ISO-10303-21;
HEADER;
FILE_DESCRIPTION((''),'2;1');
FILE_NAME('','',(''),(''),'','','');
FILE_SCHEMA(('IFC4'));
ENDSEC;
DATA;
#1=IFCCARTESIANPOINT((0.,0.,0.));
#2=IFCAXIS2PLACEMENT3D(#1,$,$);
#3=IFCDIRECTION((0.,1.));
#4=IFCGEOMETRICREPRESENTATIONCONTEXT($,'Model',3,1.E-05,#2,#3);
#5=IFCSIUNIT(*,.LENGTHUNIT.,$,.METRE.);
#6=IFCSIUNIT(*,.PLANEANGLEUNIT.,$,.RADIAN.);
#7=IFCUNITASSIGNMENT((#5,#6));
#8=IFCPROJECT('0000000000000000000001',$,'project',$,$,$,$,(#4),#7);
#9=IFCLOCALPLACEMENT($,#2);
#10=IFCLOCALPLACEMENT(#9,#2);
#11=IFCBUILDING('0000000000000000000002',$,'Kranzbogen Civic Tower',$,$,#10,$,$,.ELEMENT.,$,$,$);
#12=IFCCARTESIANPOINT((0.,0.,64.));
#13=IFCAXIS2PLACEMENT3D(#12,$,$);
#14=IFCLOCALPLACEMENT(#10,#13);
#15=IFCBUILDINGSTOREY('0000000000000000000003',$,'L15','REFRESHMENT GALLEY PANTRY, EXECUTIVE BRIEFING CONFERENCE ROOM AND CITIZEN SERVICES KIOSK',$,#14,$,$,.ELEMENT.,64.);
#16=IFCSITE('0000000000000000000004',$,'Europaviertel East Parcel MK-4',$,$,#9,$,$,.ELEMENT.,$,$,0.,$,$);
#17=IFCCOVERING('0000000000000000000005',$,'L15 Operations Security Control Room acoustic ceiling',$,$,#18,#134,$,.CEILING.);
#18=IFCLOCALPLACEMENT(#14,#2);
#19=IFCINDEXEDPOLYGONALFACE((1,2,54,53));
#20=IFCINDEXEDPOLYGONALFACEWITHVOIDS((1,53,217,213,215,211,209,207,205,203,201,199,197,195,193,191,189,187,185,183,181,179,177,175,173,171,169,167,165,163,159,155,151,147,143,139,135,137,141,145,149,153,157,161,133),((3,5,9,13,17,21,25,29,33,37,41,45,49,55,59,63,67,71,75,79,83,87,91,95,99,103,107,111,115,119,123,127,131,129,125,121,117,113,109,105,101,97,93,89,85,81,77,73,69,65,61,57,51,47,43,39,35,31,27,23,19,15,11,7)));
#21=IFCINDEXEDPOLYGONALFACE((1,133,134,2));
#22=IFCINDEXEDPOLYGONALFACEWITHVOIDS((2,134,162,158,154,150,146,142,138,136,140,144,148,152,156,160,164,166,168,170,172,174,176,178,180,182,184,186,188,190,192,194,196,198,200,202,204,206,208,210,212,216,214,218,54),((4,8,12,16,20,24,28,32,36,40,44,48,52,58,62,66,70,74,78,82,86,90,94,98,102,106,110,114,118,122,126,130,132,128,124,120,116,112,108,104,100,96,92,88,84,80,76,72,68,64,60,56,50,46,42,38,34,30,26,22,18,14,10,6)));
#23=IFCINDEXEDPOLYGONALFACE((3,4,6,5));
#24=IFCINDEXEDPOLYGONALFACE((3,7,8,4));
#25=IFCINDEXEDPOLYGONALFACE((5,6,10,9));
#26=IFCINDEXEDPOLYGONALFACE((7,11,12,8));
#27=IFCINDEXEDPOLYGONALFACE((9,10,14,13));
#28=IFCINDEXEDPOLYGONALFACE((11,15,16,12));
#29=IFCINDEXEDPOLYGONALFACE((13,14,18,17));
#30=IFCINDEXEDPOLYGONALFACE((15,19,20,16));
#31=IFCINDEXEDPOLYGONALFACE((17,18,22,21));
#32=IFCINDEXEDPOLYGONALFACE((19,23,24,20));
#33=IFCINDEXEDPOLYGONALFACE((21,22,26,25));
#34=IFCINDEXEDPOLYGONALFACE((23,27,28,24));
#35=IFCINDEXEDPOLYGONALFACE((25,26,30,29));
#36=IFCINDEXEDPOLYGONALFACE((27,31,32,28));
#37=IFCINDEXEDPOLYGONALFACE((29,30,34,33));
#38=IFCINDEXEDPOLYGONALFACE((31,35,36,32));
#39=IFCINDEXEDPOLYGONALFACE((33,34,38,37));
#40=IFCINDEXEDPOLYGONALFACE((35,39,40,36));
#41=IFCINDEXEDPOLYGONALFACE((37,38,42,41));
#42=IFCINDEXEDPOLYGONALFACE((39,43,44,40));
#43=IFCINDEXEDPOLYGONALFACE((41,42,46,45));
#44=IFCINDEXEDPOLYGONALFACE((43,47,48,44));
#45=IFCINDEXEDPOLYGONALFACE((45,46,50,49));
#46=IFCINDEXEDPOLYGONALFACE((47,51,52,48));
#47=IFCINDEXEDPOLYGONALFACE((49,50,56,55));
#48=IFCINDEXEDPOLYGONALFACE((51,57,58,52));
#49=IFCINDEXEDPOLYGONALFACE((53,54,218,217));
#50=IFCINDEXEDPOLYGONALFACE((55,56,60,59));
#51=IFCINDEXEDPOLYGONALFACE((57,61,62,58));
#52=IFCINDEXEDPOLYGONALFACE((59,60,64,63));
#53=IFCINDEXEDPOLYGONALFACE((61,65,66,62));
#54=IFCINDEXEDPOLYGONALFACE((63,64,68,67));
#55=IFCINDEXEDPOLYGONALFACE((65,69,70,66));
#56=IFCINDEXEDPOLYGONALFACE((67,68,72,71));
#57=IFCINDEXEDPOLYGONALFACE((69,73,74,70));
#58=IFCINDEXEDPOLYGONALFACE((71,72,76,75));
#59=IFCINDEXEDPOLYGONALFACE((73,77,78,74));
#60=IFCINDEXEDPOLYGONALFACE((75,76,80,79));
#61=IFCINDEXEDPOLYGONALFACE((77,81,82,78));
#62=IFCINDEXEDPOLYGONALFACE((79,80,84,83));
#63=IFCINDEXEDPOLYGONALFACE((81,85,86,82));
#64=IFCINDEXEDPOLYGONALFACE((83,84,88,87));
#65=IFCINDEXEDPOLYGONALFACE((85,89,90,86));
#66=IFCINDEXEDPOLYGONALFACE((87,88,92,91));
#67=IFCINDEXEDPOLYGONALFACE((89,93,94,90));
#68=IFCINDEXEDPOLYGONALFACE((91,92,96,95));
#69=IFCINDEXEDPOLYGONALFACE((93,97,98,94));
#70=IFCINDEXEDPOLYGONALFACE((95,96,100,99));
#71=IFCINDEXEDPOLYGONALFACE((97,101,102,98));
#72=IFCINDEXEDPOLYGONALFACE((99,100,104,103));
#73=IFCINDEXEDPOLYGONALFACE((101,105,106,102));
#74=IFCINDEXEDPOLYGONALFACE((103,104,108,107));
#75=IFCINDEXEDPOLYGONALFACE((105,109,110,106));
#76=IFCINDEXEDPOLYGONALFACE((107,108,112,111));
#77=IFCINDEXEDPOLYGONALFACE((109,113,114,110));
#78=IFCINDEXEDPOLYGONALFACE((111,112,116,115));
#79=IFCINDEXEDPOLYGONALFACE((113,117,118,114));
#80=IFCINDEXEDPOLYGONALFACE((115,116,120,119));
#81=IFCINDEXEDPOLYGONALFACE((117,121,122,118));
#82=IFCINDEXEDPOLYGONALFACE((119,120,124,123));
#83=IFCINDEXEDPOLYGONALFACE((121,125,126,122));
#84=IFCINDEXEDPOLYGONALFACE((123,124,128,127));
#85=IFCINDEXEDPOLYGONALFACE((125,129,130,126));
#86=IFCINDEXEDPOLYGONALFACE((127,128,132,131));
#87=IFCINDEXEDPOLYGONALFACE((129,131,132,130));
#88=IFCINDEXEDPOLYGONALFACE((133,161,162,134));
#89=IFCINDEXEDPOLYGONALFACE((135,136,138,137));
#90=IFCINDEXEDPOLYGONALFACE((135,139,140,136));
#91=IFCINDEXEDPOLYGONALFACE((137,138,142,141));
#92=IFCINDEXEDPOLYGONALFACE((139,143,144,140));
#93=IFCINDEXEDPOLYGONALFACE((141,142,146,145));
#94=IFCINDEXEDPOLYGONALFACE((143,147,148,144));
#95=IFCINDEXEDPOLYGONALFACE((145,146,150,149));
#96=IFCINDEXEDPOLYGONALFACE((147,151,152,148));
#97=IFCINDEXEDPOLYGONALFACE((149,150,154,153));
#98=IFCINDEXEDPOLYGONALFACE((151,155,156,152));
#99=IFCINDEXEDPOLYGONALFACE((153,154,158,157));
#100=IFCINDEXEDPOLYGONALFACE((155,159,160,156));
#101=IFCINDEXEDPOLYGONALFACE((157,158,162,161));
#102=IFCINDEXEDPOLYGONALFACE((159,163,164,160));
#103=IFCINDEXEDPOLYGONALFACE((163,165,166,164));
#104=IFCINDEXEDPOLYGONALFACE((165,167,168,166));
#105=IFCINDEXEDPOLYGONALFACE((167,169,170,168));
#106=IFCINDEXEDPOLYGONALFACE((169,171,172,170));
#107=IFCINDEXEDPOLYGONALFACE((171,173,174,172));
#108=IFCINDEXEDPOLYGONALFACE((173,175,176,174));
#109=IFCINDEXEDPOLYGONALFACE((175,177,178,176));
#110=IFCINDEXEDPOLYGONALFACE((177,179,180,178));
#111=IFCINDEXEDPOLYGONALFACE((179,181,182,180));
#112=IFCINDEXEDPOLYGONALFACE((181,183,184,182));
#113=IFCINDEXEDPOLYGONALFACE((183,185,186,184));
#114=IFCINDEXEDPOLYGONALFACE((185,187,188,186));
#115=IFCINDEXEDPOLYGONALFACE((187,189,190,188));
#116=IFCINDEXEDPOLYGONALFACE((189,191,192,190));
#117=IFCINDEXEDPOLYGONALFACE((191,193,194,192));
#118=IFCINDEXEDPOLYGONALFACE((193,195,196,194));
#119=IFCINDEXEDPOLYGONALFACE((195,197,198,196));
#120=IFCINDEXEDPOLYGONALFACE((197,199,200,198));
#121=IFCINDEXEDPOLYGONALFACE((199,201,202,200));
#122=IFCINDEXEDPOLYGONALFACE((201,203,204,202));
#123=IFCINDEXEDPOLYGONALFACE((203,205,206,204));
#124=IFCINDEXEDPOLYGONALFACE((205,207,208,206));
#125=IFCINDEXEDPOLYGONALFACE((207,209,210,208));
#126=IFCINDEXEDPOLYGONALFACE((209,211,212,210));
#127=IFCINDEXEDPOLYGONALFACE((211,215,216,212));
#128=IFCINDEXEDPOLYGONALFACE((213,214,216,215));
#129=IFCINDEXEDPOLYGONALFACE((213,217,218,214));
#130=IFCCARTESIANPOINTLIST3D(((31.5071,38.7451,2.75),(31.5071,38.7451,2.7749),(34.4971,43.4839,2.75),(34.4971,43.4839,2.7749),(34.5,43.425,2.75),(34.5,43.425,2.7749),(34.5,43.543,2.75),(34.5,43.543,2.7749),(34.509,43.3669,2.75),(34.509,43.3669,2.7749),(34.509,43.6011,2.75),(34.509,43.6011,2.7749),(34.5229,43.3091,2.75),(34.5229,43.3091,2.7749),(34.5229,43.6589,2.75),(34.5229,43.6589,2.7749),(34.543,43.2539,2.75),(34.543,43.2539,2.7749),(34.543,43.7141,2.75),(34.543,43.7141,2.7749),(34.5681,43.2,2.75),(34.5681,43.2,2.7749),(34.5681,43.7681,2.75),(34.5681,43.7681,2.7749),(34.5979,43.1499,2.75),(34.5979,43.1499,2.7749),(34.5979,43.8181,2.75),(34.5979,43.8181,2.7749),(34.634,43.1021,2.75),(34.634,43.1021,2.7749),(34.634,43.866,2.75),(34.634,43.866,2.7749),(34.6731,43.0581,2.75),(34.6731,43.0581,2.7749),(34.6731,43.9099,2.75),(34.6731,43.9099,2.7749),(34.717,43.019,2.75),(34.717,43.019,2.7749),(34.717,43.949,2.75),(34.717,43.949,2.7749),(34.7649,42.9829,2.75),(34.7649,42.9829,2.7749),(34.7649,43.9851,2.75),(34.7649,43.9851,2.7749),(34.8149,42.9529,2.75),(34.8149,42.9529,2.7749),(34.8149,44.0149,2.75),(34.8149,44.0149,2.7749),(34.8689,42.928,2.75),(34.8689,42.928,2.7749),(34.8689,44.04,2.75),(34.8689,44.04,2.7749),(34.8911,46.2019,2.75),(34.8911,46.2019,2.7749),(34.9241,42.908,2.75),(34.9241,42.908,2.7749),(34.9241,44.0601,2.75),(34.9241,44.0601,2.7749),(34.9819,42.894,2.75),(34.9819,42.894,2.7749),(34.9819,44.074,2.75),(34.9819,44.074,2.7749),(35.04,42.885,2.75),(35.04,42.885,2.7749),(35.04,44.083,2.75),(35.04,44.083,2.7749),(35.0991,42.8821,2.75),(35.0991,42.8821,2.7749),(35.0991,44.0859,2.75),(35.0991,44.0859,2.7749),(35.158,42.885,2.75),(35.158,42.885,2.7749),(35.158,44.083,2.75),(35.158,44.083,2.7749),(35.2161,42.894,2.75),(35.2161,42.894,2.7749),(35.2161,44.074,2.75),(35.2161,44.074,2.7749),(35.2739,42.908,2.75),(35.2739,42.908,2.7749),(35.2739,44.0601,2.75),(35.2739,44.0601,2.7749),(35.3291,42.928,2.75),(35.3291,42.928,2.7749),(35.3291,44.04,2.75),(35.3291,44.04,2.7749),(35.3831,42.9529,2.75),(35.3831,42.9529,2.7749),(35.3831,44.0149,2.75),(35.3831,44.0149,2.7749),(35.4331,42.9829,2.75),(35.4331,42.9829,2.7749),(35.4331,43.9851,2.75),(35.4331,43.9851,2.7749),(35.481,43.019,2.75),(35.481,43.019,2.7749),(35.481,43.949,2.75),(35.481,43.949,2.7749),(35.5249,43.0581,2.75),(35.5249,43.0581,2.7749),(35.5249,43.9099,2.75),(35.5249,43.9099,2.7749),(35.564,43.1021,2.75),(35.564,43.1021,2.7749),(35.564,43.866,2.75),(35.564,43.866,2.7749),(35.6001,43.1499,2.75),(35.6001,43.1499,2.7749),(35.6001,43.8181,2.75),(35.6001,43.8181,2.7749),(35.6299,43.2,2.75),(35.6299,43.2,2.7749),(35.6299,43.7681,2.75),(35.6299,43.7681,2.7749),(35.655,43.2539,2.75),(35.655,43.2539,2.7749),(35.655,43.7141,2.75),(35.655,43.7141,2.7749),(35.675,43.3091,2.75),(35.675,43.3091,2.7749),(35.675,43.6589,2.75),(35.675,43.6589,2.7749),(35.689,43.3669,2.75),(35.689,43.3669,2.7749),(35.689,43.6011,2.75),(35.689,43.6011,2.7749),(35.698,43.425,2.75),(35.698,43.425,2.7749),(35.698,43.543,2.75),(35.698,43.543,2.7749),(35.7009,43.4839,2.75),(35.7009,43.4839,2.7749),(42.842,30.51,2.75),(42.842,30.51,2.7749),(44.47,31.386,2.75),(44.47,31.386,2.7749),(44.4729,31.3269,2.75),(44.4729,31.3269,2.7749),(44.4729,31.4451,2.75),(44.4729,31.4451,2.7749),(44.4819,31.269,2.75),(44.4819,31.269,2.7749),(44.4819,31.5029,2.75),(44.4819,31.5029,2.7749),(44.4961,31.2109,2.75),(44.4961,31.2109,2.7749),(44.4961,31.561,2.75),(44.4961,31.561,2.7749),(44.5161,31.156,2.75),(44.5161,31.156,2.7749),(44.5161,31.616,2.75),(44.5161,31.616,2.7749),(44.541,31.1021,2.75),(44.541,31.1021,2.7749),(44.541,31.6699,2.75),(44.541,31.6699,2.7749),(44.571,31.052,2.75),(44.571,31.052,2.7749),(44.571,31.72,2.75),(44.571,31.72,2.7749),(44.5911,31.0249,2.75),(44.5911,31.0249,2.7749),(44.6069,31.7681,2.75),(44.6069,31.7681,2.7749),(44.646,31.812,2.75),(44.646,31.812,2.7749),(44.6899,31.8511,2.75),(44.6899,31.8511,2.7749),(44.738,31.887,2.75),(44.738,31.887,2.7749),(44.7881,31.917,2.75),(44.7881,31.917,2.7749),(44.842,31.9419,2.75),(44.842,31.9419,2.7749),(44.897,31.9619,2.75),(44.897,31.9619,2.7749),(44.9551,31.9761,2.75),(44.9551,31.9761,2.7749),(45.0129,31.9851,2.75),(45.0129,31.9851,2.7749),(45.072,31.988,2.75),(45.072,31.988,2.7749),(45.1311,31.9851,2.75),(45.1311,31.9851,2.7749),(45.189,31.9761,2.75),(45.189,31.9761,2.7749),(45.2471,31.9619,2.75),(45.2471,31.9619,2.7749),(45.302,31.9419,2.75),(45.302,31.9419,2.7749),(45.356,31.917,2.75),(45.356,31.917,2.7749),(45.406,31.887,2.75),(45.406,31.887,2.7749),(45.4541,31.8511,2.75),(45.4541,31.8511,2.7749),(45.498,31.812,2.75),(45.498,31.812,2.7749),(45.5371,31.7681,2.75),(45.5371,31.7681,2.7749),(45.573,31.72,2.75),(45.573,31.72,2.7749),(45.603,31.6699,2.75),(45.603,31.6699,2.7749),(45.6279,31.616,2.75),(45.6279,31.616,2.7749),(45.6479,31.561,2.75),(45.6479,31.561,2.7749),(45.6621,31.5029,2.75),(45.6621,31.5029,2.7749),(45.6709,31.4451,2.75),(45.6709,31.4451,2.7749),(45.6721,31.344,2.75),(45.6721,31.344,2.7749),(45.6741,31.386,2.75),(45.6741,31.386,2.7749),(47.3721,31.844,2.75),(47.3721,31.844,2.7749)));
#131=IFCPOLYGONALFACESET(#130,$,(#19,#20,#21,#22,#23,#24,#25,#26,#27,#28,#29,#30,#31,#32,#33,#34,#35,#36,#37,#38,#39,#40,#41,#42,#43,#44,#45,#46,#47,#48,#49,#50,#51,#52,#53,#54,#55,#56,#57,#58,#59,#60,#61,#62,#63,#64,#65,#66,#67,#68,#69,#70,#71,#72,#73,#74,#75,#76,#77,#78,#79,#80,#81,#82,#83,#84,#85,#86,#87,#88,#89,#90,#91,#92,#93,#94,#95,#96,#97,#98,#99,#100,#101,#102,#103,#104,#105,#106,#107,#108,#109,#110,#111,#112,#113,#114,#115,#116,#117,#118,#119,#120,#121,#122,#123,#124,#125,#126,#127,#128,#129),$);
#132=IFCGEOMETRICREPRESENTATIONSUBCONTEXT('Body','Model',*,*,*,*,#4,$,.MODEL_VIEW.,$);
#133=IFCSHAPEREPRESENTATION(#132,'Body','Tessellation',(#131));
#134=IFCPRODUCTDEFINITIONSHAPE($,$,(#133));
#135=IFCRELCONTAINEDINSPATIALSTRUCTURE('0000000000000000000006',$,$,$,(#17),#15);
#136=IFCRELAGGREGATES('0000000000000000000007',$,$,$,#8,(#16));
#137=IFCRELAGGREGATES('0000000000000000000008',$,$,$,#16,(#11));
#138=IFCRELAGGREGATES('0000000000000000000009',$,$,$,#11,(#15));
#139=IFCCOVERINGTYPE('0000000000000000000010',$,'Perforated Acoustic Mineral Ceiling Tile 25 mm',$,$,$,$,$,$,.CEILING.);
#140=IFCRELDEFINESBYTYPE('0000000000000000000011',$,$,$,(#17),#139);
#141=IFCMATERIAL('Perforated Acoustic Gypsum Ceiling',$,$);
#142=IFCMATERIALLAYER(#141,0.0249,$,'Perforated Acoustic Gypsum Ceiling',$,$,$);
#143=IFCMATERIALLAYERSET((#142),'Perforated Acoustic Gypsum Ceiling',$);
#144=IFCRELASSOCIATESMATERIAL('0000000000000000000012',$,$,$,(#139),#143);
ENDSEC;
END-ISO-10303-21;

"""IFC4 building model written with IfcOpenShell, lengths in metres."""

from ifc_helpers import new_model, si_unit, direction, frame, origin, place, context, subcontext, project, spatial, polyline, outline, extrude, material, layer, layer_set, type_object, element, save


model = new_model("IFC4")

# Units and contexts
model_context = context("Model", 3, precision=1e-05, world=origin(), true_north=direction((0.0, 1.0)))
body_context = subcontext(model_context, "Body", "Model", "MODEL_VIEW")
ifc_project = project(units=[si_unit("LENGTHUNIT", "METRE"), si_unit("PLANEANGLEUNIT", "RADIAN")], contexts=[model_context])

# Site, building, storey
site_placement = place(None, origin())
site = spatial("IfcSite", under=ifc_project, at=site_placement, Name="Europaviertel East Parcel MK-4", CompositionType="ELEMENT", RefElevation=0.0)
building_placement = place(site_placement, origin())
building = spatial("IfcBuilding", under=site, at=building_placement, Name="Kranzbogen Civic Tower", CompositionType="ELEMENT")
storey_placement = place(building_placement, frame((0.0, 0.0, 64.0)))
storey = spatial("IfcBuildingStorey", under=building, at=storey_placement, Name="L15", Description="REFRESHMENT GALLEY PANTRY, EXECUTIVE BRIEFING CONFERENCE ROOM AND CITIZEN SERVICES KIOSK", CompositionType="ELEMENT", Elevation=64.0)

# Covering
ifc_material_1 = material(Name="Perforated Acoustic Gypsum Ceiling")
ifc_layer_1 = layer(ifc_material_1, 0.0249, Name="Perforated Acoustic Gypsum Ceiling")
ifc_layer_set_1 = layer_set([ifc_layer_1], Name="Perforated Acoustic Gypsum Ceiling")
covering_type_1 = type_object("IfcCoveringType", Name="Perforated Acoustic Mineral Ceiling Tile 25 mm", PredefinedType="CEILING", material=ifc_layer_set_1)
covering_1_placement = place(storey_placement, frame((0.0, 0.0, 2.75)))
element("IfcCovering", 1, at=covering_1_placement, inside=storey, type_object=covering_type_1, Name="L15 Operations Security Control Room acoustic ceiling", PredefinedType="CEILING", context=body_context, shape_type="SweptSolid", body=[
    extrude(outline(polyline([(31.5071, 38.7451), (34.8911, 46.2019), (47.3721, 31.844), (45.6721, 31.344), (45.6741, 31.386), (45.6709, 31.4451), (45.6621, 31.5029), (45.6479, 31.561), (45.6279, 31.616), (45.603, 31.6699), (45.573, 31.72), (45.5371, 31.7681), (45.498, 31.812), (45.4541, 31.8511), (45.406, 31.887), (45.356, 31.917), (45.302, 31.9419), (45.2471, 31.9619), (45.189, 31.9761), (45.1311, 31.9851), (45.072, 31.988), (45.0129, 31.9851), (44.9551, 31.9761), (44.897, 31.9619), (44.842, 31.9419), (44.7881, 31.917), (44.738, 31.887), (44.6899, 31.8511), (44.646, 31.812), (44.6069, 31.7681), (44.571, 31.72), (44.541, 31.6699), (44.5161, 31.616), (44.4961, 31.561), (44.4819, 31.5029), (44.4729, 31.4451), (44.47, 31.386), (44.4729, 31.3269), (44.4819, 31.269), (44.4961, 31.2109), (44.5161, 31.156), (44.541, 31.1021), (44.571, 31.052), (44.5911, 31.0249), (42.842, 30.51), (31.5071, 38.7451)]), holes=[polyline([(35.655, 43.2539), (35.6299, 43.2), (35.6001, 43.1499), (35.564, 43.1021), (35.5249, 43.0581), (35.481, 43.019), (35.4331, 42.9829), (35.3831, 42.9529), (35.3291, 42.928), (35.2739, 42.908), (35.2161, 42.894), (35.158, 42.885), (35.0991, 42.8821), (35.04, 42.885), (34.9819, 42.894), (34.9241, 42.908), (34.8689, 42.928), (34.8149, 42.9529), (34.7649, 42.9829), (34.717, 43.019), (34.6731, 43.0581), (34.634, 43.1021), (34.5979, 43.1499), (34.5681, 43.2), (34.543, 43.2539), (34.5229, 43.3091), (34.509, 43.3669), (34.5, 43.425), (34.4971, 43.4839), (34.5, 43.543), (34.509, 43.6011), (34.5229, 43.6589), (34.543, 43.7141), (34.5681, 43.7681), (34.5979, 43.8181), (34.634, 43.866), (34.6731, 43.9099), (34.717, 43.949), (34.7649, 43.9851), (34.8149, 44.0149), (34.8689, 44.04), (34.9241, 44.0601), (34.9819, 44.074), (35.04, 44.083), (35.0991, 44.0859), (35.158, 44.083), (35.2161, 44.074), (35.2739, 44.0601), (35.3291, 44.04), (35.3831, 44.0149), (35.4331, 43.9851), (35.481, 43.949), (35.5249, 43.9099), (35.564, 43.866), (35.6001, 43.8181), (35.6299, 43.7681), (35.655, 43.7141), (35.675, 43.6589), (35.689, 43.6011), (35.698, 43.543), (35.7009, 43.4839), (35.698, 43.425), (35.689, 43.3669), (35.675, 43.3091), (35.655, 43.2539)])]), origin(), (0.0, 0.0, 1.0), 0.0249),
])

save(model, "model.ifc")
